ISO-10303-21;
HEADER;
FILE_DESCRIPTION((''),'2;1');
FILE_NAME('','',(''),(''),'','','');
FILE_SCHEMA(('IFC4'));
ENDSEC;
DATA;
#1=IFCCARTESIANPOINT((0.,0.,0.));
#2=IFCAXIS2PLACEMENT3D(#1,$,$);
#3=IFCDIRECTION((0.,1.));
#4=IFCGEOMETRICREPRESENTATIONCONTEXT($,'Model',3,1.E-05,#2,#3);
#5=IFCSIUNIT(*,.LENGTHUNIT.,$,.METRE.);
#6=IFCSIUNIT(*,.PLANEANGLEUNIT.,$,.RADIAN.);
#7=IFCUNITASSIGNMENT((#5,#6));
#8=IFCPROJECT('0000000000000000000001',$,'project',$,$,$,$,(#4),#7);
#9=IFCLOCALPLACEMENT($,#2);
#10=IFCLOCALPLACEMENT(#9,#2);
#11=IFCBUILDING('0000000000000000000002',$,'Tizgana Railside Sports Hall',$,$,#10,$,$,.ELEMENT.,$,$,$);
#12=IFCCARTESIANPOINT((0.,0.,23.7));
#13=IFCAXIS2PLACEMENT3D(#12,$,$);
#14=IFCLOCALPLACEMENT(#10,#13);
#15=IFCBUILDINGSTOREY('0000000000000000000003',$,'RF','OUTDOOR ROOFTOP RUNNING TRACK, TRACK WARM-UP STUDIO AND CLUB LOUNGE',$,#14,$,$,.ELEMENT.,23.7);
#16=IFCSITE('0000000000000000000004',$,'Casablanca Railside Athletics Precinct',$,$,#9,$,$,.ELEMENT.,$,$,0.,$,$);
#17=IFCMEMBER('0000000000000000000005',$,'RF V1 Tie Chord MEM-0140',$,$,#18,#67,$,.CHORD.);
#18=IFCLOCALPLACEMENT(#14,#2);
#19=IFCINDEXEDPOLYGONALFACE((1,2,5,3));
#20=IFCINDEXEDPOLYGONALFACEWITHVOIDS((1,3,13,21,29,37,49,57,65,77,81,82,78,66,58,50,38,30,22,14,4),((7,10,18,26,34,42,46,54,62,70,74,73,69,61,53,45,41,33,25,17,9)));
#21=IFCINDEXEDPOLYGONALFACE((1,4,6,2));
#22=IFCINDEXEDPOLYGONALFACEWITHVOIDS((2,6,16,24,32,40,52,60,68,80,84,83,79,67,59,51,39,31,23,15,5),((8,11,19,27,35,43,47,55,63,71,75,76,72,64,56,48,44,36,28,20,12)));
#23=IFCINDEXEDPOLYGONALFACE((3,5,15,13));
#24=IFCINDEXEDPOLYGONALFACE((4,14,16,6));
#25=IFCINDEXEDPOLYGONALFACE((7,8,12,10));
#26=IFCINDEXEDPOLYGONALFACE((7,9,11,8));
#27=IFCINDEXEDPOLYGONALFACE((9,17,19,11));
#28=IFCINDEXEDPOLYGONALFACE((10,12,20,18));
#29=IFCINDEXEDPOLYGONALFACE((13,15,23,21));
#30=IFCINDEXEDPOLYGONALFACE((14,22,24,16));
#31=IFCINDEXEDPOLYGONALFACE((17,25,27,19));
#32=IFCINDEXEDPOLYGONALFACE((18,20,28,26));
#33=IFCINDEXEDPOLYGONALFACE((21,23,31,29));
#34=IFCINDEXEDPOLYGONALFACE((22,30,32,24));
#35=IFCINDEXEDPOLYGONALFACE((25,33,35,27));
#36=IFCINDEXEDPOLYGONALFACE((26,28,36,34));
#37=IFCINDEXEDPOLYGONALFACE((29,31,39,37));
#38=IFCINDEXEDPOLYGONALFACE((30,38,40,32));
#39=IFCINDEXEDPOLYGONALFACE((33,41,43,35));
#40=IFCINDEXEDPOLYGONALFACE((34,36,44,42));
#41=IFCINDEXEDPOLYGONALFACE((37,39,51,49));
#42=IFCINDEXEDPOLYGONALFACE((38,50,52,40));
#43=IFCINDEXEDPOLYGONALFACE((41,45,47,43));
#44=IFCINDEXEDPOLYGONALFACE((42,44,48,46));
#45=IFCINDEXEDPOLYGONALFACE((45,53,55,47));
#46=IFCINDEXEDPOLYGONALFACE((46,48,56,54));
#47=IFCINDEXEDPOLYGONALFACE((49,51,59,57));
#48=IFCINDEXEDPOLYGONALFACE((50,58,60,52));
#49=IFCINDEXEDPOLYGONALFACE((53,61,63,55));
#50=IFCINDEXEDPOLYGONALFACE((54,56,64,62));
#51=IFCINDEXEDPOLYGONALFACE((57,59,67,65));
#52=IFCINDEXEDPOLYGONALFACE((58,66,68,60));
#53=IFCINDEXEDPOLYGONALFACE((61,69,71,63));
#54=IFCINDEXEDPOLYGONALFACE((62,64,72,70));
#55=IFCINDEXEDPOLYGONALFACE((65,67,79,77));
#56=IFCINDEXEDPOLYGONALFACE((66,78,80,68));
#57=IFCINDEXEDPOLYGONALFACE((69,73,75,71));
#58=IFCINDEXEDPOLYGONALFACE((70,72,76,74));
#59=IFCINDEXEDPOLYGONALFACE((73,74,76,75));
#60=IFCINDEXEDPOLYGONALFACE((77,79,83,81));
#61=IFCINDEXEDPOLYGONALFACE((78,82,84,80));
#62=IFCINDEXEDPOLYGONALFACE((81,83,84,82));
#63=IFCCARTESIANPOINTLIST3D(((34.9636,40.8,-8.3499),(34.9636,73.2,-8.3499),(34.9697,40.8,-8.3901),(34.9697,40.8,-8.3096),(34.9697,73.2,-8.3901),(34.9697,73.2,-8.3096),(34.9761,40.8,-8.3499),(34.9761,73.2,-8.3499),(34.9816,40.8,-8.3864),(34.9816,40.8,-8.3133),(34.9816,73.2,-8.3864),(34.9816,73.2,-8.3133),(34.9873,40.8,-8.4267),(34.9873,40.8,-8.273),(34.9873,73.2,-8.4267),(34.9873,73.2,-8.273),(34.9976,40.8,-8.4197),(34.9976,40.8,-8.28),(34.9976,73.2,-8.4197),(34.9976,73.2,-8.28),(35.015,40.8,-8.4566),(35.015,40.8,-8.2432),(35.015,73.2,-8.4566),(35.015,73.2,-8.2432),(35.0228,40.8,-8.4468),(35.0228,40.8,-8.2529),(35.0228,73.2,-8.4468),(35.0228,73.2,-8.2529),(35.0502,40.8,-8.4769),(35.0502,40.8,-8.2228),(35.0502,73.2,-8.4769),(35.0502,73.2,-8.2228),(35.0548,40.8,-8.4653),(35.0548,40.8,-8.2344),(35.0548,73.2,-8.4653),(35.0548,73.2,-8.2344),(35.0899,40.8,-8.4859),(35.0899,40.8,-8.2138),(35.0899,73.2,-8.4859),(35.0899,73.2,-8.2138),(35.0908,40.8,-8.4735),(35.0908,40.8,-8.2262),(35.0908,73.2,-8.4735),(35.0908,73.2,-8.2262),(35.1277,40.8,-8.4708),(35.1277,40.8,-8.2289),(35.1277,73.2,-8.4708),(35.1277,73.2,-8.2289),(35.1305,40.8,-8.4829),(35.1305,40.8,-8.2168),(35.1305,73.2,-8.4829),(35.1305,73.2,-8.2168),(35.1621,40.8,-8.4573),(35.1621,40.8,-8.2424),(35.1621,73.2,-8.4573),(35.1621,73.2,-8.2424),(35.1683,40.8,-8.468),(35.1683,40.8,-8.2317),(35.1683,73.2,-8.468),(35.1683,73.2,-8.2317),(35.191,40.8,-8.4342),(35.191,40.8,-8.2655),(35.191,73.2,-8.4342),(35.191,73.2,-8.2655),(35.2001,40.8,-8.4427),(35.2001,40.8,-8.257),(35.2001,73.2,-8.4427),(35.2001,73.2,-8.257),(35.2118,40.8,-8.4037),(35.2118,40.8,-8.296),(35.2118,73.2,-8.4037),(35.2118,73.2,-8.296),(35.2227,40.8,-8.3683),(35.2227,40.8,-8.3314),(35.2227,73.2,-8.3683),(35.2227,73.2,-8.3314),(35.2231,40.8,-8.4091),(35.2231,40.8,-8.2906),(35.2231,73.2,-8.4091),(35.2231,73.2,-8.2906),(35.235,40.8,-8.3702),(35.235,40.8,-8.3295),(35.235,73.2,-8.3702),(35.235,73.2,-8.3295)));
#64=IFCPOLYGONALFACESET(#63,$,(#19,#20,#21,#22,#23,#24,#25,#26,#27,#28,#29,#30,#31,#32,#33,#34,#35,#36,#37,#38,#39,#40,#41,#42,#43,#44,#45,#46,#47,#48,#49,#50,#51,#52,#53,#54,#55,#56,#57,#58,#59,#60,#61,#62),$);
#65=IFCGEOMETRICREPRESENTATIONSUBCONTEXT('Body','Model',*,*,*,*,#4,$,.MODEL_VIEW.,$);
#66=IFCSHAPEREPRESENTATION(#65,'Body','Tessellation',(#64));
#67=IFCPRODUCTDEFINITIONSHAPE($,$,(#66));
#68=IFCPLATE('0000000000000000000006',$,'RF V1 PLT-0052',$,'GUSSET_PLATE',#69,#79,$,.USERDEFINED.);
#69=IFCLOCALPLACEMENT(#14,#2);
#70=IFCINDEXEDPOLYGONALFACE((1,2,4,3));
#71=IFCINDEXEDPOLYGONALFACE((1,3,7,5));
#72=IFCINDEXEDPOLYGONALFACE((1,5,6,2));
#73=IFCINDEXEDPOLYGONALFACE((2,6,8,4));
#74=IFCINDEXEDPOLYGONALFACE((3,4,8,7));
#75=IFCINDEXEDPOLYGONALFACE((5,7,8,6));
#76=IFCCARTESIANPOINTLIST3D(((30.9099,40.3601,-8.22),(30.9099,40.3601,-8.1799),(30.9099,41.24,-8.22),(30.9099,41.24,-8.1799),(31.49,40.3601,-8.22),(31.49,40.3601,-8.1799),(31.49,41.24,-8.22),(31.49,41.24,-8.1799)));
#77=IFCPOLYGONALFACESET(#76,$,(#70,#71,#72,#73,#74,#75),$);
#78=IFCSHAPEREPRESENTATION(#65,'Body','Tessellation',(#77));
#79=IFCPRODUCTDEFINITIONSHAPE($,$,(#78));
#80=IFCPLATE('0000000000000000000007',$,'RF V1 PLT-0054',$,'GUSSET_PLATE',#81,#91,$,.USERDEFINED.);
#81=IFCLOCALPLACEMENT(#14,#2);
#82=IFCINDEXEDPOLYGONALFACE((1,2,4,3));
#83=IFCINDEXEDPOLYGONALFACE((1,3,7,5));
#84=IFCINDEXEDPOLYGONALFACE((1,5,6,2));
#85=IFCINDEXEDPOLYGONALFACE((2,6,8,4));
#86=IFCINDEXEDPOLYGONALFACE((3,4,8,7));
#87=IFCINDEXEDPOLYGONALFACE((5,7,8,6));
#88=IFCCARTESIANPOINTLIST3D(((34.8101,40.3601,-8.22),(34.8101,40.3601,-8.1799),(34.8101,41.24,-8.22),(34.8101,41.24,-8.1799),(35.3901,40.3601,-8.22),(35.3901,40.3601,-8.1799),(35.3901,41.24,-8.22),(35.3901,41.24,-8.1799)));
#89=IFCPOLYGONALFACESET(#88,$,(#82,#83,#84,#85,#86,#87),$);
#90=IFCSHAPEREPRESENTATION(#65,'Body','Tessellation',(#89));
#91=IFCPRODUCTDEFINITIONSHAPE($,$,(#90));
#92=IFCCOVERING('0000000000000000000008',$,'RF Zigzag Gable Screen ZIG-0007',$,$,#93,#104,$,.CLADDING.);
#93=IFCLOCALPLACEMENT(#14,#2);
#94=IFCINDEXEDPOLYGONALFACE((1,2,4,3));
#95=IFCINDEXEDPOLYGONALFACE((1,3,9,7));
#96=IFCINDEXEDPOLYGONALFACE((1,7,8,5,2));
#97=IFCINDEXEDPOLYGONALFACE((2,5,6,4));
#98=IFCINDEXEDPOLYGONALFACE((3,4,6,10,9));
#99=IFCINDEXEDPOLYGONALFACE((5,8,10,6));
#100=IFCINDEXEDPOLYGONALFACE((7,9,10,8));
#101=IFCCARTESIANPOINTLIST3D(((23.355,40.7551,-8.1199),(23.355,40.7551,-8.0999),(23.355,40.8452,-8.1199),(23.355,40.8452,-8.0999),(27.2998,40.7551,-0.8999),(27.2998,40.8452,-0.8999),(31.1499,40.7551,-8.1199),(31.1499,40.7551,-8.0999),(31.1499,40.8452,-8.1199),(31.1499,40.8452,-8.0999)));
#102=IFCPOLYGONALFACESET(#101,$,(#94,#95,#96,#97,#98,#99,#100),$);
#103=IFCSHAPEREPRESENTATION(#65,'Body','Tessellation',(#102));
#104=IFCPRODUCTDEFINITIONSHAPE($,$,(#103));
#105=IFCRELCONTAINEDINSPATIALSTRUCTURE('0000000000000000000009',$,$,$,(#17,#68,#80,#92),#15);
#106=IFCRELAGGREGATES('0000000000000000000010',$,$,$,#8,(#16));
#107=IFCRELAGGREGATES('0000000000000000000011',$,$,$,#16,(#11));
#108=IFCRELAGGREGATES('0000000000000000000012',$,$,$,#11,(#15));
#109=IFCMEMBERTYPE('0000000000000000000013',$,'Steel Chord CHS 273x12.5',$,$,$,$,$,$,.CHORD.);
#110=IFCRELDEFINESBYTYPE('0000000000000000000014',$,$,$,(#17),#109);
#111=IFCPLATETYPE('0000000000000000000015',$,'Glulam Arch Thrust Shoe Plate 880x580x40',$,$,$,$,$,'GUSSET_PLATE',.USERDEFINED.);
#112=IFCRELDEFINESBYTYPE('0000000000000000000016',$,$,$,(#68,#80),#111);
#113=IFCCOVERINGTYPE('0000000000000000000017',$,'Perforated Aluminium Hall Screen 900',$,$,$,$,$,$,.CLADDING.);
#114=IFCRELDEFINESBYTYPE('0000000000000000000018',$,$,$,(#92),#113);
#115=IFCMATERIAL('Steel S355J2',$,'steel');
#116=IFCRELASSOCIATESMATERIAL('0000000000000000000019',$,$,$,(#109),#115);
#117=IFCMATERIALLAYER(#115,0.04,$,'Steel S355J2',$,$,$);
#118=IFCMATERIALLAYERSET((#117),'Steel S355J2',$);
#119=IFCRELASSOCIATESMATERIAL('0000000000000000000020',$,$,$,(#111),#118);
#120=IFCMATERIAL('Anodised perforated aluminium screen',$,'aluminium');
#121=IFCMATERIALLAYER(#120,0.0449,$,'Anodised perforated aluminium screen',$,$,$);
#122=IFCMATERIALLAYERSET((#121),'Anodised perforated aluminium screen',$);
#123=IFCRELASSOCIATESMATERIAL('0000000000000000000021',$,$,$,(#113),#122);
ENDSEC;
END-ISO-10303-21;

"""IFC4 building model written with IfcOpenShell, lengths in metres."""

from ifc_helpers import new_model, si_unit, direction, frame, origin, origin_2d, place, context, subcontext, project, spatial, polyline, rectangle, hollow_circle, outline, extrude, material, layer, layer_set, material_profile, profile_set, type_object, element, save


model = new_model("IFC4")

# Units and contexts
model_context = context("Model", 3, precision=1e-05, world=origin(), true_north=direction((0.0, 1.0)))
body_context = subcontext(model_context, "Body", "Model", "MODEL_VIEW")
ifc_project = project(units=[si_unit("LENGTHUNIT", "METRE"), si_unit("PLANEANGLEUNIT", "RADIAN")], contexts=[model_context])

# Site, building, storey
site_placement = place(None, origin())
site = spatial("IfcSite", under=ifc_project, at=site_placement, Name="Casablanca Railside Athletics Precinct", CompositionType="ELEMENT", RefElevation=0.0)
building_placement = place(site_placement, origin())
building = spatial("IfcBuilding", under=site, at=building_placement, Name="Tizgana Railside Sports Hall", CompositionType="ELEMENT")
storey_placement = place(building_placement, frame((0.0, 0.0, 23.7)))
storey = spatial("IfcBuildingStorey", under=building, at=storey_placement, Name="RF", Description="OUTDOOR ROOFTOP RUNNING TRACK, TRACK WARM-UP STUDIO AND CLUB LOUNGE", CompositionType="ELEMENT", Elevation=23.7)

# Member
ifc_material_1 = material(Name="Steel S355J2", Category="steel")
ifc_material_profile_1 = material_profile(ifc_material_1, hollow_circle(Radius=0.1365, WallThickness=0.0125, at=origin_2d()), Name="CHS 273x12.5")
ifc_profile_set_1 = profile_set([ifc_material_profile_1], Name="Steel S355J2")
member_type_1 = type_object("IfcMemberType", Name="Steel Chord CHS 273x12.5", PredefinedType="CHORD", material=ifc_profile_set_1)
for number, where, z_axis, x_axis, name in (
    (1, (35.1001, 40.8, -8.3499), (0.0, 1.0, 0.0), (-1.0, 0.0, 0.0), "RF V1 Tie Chord MEM-0140"),
):
    element("IfcMember", number, at=place(storey_placement, frame(where, z_axis=z_axis, x_axis=x_axis)), inside=storey, type_object=member_type_1, Name=name, PredefinedType="CHORD", context=body_context, shape_type="SweptSolid", body=[
        extrude(hollow_circle(Radius=0.1365, WallThickness=0.0125, at=origin_2d()), origin(), (0.0, 0.0, 1.0), 32.3999),
    ])

# Plates
ifc_layer_1 = layer(ifc_material_1, 0.04, Name="Steel S355J2")
ifc_layer_set_1 = layer_set([ifc_layer_1], Name="Steel S355J2")
plate_type = type_object("IfcPlateType", Name="Glulam Arch Thrust Shoe Plate 880x580x40", ElementType="GUSSET_PLATE", PredefinedType="USERDEFINED", material=ifc_layer_set_1)
for number, where, z_axis, x_axis, name in (
    (2, (31.2, 40.8, -8.22), (0.0, 0.0, 1.0), (1.0, 0.0, 0.0), "RF V1 PLT-0052"),
    (3, (35.1001, 40.8, -8.22), (0.0, 0.0, 1.0), (1.0, 0.0, 0.0), "RF V1 PLT-0054"),
):
    element("IfcPlate", number, at=place(storey_placement, frame(where, z_axis=z_axis, x_axis=x_axis)), inside=storey, type_object=plate_type, Name=name, ObjectType="GUSSET_PLATE", PredefinedType="USERDEFINED", context=body_context, shape_type="SweptSolid", body=[
        extrude(rectangle(XDim=0.5801, YDim=0.8799, at=origin_2d()), origin(), (0.0, 0.0, 1.0), 0.04),
    ])

# Covering
ifc_material_2 = material(Name="Anodised perforated aluminium screen", Category="aluminium")
ifc_layer_2 = layer(ifc_material_2, 0.0449, Name="Anodised perforated aluminium screen")
ifc_layer_set_2 = layer_set([ifc_layer_2], Name="Anodised perforated aluminium screen")
covering_type = type_object("IfcCoveringType", Name="Perforated Aluminium Hall Screen 900", PredefinedType="CLADDING", material=ifc_layer_set_2)
covering_placement = place(storey_placement, frame((31.1499, 40.8, -8.1199), z_axis=(0.0, 0.0, 1.0), x_axis=(-1.0, 0.0, 0.0)))
element("IfcCovering", 4, at=covering_placement, inside=storey, type_object=covering_type, Name="RF Zigzag Gable Screen ZIG-0007", PredefinedType="CLADDING", context=body_context, shape_type="SweptSolid", body=[
    extrude(outline(polyline([(0.0, 0.0), (7.7949, 0.0), (7.7949, 0.02), (3.8501, 7.22), (0.0, 0.02), (0.0, 0.0)])), frame((0.0, 0.0449, 0.0), z_axis=(0.0, -1.0, 0.0), x_axis=(1.0, 0.0, 0.0)), (0.0, 0.0, 1.0), 0.0901),
])

save(model, "model.ifc")
